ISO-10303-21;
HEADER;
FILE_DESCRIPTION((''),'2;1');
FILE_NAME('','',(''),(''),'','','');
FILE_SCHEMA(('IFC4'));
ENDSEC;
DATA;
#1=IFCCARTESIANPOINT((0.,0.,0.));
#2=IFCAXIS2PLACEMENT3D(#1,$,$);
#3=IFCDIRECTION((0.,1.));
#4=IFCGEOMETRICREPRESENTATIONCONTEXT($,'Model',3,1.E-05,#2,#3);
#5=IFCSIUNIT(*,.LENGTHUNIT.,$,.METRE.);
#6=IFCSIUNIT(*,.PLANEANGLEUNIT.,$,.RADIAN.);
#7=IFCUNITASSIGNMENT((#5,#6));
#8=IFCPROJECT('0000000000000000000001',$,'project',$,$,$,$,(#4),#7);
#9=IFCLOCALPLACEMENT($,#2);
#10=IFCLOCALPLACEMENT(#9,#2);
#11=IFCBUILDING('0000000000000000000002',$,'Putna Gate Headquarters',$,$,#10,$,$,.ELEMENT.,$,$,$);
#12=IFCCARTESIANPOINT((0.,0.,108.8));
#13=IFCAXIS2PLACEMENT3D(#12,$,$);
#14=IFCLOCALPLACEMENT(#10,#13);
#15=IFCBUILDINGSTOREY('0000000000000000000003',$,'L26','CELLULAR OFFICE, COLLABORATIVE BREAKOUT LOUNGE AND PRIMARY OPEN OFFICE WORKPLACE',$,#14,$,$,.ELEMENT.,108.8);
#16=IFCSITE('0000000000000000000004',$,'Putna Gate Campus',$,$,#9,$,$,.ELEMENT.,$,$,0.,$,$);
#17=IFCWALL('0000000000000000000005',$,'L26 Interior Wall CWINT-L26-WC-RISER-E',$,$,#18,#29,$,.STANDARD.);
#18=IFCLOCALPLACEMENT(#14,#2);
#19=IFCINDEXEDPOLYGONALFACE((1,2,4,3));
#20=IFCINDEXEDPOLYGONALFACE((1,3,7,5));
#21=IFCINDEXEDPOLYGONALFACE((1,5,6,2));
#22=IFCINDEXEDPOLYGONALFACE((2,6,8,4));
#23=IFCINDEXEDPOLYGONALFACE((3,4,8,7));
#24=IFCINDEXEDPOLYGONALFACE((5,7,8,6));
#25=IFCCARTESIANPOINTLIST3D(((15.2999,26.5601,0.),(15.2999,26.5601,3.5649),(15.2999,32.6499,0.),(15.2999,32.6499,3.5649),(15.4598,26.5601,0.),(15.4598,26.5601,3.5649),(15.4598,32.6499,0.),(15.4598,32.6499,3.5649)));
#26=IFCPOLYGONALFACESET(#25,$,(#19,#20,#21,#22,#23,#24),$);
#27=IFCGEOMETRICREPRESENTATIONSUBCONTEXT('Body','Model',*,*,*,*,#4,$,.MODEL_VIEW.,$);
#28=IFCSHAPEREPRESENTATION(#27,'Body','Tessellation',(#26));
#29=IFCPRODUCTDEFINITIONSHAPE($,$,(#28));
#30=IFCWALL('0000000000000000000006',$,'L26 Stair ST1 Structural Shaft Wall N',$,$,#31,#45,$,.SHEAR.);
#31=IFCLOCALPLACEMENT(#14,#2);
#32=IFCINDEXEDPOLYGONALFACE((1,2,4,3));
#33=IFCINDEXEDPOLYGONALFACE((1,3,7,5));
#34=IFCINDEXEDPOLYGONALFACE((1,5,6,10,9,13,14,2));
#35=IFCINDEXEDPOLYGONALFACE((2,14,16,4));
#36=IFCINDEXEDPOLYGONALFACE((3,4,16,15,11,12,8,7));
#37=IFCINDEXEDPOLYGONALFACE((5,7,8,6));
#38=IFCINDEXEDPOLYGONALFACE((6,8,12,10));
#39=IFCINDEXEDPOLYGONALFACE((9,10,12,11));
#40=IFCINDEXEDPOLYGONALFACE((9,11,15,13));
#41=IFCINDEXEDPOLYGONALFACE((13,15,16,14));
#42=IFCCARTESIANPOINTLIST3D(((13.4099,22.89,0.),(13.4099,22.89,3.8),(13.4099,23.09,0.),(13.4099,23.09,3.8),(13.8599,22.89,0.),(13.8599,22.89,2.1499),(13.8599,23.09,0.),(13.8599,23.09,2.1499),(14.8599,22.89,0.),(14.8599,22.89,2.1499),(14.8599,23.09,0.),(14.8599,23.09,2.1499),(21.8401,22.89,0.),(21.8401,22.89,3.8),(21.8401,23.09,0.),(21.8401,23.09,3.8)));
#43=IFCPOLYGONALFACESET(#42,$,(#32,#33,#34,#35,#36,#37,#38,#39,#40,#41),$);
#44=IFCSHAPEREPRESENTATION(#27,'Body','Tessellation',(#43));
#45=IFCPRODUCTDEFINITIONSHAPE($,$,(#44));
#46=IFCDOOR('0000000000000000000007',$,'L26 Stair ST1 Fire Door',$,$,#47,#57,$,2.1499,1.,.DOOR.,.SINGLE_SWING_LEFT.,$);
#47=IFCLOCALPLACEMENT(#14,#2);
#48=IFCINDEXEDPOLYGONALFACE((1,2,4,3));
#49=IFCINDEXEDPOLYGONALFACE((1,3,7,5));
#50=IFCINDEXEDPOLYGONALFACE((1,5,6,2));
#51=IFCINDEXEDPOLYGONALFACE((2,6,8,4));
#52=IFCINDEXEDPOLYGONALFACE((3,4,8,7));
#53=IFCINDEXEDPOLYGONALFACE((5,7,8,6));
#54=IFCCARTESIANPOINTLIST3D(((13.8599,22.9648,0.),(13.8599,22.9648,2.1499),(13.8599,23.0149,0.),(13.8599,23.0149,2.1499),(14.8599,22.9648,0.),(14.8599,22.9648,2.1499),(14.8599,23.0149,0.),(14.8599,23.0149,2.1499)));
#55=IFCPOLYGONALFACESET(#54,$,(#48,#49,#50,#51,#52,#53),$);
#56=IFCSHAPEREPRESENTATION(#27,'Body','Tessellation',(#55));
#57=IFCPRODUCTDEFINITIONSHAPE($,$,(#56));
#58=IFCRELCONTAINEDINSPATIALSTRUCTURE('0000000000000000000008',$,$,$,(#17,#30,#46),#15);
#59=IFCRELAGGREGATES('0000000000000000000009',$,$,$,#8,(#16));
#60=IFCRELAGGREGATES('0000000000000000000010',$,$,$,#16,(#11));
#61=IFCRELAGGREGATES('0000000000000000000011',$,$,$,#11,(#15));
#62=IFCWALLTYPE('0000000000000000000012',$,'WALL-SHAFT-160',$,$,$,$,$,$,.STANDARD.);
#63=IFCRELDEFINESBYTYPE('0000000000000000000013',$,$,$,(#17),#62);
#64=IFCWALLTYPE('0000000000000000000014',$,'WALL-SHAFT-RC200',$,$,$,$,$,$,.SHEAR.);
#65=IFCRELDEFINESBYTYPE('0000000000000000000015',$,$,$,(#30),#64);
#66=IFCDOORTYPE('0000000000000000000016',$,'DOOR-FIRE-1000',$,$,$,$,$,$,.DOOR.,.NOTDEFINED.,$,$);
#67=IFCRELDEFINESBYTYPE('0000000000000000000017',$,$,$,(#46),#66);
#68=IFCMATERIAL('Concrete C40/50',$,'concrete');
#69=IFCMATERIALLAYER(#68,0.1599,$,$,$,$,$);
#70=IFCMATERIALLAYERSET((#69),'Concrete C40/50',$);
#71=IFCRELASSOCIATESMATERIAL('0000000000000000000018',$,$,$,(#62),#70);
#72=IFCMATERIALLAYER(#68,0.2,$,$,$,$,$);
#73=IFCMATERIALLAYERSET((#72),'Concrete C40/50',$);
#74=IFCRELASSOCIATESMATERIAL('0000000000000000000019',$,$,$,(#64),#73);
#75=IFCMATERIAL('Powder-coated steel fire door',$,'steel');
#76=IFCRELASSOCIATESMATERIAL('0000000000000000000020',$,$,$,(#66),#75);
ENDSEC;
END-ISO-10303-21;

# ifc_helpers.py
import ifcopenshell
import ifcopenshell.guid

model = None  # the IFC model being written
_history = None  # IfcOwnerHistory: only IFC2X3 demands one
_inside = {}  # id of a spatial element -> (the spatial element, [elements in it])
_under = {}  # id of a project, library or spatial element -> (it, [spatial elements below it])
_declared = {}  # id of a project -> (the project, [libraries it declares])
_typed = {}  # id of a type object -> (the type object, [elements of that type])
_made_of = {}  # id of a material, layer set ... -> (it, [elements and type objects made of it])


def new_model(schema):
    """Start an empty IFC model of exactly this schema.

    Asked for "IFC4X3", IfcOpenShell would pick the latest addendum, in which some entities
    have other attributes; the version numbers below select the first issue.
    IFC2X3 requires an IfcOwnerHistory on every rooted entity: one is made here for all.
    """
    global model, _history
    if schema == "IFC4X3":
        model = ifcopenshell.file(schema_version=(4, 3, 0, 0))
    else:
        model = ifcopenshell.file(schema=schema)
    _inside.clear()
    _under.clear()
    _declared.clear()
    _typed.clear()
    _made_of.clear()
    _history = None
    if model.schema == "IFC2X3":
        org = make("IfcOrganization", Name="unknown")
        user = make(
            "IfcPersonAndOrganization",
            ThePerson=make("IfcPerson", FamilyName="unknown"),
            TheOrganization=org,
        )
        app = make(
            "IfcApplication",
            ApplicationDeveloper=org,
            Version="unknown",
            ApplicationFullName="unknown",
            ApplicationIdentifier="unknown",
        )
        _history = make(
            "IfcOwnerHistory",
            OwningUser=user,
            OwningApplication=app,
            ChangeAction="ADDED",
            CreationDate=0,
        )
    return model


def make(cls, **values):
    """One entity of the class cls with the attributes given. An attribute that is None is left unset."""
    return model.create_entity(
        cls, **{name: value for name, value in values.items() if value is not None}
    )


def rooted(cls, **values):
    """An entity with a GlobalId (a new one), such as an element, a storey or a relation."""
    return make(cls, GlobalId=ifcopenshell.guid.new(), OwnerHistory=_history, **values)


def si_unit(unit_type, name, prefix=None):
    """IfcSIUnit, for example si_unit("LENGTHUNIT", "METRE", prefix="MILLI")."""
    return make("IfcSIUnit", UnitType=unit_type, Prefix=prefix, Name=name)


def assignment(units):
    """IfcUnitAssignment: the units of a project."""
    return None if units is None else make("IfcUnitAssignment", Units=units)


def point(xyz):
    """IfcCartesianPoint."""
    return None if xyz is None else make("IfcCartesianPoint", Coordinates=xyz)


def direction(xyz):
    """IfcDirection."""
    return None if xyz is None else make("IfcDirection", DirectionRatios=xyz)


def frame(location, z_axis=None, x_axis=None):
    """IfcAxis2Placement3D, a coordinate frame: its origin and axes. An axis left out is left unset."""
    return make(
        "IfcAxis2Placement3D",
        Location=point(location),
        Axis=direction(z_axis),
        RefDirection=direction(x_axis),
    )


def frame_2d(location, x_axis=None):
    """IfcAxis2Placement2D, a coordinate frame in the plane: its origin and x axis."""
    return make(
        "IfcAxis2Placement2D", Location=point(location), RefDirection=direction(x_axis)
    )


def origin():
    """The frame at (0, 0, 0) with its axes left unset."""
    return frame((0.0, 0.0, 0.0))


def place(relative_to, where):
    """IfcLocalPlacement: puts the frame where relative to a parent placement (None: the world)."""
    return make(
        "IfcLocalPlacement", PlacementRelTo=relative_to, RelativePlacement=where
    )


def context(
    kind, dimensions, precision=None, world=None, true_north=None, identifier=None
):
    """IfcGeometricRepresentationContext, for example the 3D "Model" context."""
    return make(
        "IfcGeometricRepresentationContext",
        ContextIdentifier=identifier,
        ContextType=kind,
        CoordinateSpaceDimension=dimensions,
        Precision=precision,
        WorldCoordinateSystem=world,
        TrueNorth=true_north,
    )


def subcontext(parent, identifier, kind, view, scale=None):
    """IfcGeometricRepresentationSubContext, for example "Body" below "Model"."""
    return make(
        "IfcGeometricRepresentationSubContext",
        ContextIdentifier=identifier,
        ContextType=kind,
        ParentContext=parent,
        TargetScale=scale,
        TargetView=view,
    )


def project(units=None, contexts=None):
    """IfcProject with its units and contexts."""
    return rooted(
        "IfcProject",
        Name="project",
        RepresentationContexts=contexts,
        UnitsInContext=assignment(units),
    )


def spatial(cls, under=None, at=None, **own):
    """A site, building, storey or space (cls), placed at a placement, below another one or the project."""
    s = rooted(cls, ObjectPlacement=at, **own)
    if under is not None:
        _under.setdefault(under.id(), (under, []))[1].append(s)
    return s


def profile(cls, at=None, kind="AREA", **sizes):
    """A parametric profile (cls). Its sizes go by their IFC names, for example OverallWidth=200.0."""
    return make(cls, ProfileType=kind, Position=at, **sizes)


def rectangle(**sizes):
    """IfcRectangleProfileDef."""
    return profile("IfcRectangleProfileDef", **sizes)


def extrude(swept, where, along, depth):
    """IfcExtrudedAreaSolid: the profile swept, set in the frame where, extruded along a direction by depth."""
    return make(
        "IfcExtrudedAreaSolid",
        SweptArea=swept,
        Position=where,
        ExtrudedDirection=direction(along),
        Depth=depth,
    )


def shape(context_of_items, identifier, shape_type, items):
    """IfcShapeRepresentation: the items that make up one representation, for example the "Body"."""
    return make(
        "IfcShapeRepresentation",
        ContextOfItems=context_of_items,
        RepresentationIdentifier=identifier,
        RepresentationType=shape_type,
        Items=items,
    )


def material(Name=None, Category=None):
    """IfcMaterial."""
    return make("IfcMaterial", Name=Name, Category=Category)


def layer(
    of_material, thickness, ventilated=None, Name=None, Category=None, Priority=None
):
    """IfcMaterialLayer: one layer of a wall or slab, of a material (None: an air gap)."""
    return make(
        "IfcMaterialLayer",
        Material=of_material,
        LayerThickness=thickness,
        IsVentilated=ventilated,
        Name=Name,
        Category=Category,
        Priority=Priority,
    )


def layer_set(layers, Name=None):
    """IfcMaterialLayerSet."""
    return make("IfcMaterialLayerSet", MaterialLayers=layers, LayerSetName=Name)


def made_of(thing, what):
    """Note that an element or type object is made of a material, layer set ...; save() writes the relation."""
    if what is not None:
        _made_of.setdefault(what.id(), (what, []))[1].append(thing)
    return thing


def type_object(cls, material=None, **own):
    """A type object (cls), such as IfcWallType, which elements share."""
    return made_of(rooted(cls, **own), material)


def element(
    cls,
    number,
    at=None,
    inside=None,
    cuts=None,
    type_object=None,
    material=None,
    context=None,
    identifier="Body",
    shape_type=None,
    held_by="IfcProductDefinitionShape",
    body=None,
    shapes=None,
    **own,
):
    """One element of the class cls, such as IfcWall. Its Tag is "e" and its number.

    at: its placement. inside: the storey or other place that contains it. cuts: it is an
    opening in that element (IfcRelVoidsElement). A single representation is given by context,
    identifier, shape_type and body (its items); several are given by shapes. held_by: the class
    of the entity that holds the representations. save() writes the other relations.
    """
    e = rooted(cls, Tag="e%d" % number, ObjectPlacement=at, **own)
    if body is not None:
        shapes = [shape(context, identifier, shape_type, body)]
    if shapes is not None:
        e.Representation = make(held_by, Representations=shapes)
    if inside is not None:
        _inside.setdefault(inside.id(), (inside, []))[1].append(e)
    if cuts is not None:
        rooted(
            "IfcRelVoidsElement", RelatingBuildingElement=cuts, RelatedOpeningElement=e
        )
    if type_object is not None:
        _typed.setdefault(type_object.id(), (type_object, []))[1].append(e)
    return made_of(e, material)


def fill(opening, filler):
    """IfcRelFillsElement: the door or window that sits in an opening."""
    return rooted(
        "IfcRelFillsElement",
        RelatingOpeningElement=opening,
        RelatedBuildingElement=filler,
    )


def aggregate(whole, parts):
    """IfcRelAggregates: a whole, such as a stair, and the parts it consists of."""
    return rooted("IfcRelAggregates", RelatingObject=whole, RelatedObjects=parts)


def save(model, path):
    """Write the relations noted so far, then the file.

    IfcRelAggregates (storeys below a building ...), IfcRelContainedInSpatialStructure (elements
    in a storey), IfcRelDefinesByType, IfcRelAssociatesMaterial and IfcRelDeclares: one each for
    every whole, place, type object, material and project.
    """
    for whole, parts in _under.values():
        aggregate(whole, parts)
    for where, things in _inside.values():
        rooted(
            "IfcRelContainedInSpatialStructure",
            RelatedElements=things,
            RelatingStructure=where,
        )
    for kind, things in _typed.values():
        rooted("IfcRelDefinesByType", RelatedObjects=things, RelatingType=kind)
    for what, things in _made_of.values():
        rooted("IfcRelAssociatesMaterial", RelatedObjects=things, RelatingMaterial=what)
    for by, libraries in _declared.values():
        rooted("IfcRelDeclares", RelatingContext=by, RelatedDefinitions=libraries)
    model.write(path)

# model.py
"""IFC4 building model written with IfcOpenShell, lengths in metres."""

from ifc_helpers import new_model, si_unit, direction, frame, frame_2d, origin, place, context, subcontext, project, spatial, rectangle, extrude, material, layer, layer_set, type_object, element, fill, save


model = new_model("IFC4")

# Units and contexts
model_context = context("Model", 3, precision=1e-05, world=origin(), true_north=direction((0.0, 1.0)))
body_context = subcontext(model_context, "Body", "Model", "MODEL_VIEW")
ifc_project = project(units=[si_unit("LENGTHUNIT", "METRE"), si_unit("PLANEANGLEUNIT", "RADIAN")], contexts=[model_context])

# Site, building, storey
site_placement = place(None, origin())
site = spatial("IfcSite", under=ifc_project, at=site_placement, Name="Putna Gate Campus", CompositionType="ELEMENT", RefElevation=0.0)
building_placement = place(site_placement, origin())
building = spatial("IfcBuilding", under=site, at=building_placement, Name="Putna Gate Headquarters", CompositionType="ELEMENT")
storey_placement = place(building_placement, frame((0.0, 0.0, 108.8)))
storey = spatial("IfcBuildingStorey", under=building, at=storey_placement, Name="L26", Description="CELLULAR OFFICE, COLLABORATIVE BREAKOUT LOUNGE AND PRIMARY OPEN OFFICE WORKPLACE", CompositionType="ELEMENT", Elevation=108.8)

# Wall
ifc_material_1 = material(Name="Concrete C40/50", Category="concrete")
ifc_layer_1 = layer(ifc_material_1, 0.1599)
ifc_layer_set_1 = layer_set([ifc_layer_1], Name="Concrete C40/50")
wall_type_1 = type_object("IfcWallType", Name="WALL-SHAFT-160", PredefinedType="STANDARD", material=ifc_layer_set_1)
wall_1_placement = place(storey_placement, frame((15.3799, 26.5601, 0.0), z_axis=(0.0, 0.0, 1.0), x_axis=(0.0, 1.0, 0.0)))
element("IfcWall", 1, at=wall_1_placement, inside=storey, type_object=wall_type_1, Name="L26 Interior Wall CWINT-L26-WC-RISER-E", PredefinedType="STANDARD", context=body_context, shape_type="SweptSolid", body=[
    extrude(rectangle(XDim=6.0898, YDim=0.1599, at=frame_2d((3.0449, 0.0))), origin(), (0.0, 0.0, 1.0), 3.5649),
])

# Wall, opening, door
ifc_layer_2 = layer(ifc_material_1, 0.2)
ifc_layer_set_2 = layer_set([ifc_layer_2], Name="Concrete C40/50")
wall_type_2 = type_object("IfcWallType", Name="WALL-SHAFT-RC200", PredefinedType="SHEAR", material=ifc_layer_set_2)
wall_2_placement = place(storey_placement, frame((13.4099, 22.99, 0.0), z_axis=(0.0, 0.0, 1.0), x_axis=(1.0, 0.0, 0.0)))
wall_2 = element("IfcWall", 2, at=wall_2_placement, inside=storey, type_object=wall_type_2, Name="L26 Stair ST1 Structural Shaft Wall N", PredefinedType="SHEAR", context=body_context, shape_type="SweptSolid", body=[
    extrude(rectangle(XDim=8.4302, YDim=0.2, at=frame_2d((4.2151, 0.0))), origin(), (0.0, 0.0, 1.0), 3.8),
])
opening_1_placement = place(wall_2_placement, frame((0.45, 0.0, 0.0)))
opening_1 = element("IfcOpeningElement", 3, at=opening_1_placement, cuts=wall_2, PredefinedType="OPENING", context=body_context, shape_type="SweptSolid", body=[
    extrude(rectangle(XDim=1.0, YDim=2.1499, at=frame_2d((0.5, 1.075))), frame((0.0, 0.1099, 0.0), z_axis=(0.0, -1.0, 0.0), x_axis=(1.0, 0.0, 0.0)), (0.0, 0.0, 1.0), 0.22),
])
ifc_material_2 = material(Name="Powder-coated steel fire door", Category="steel")
door_type_1 = type_object("IfcDoorType", Name="DOOR-FIRE-1000", OperationType="NOTDEFINED", PredefinedType="DOOR", material=ifc_material_2)
door_1_placement = place(opening_1_placement, origin())
door_1 = element("IfcDoor", 4, at=door_1_placement, inside=storey, type_object=door_type_1, Name="L26 Stair ST1 Fire Door", OperationType="SINGLE_SWING_LEFT", OverallHeight=2.1499, OverallWidth=1.0, PredefinedType="DOOR", context=body_context, shape_type="SweptSolid", body=[
    extrude(rectangle(XDim=1.0, YDim=2.1499, at=frame_2d((0.5, 1.075))), frame((0.0, 0.0249, 0.0), z_axis=(0.0, -1.0, 0.0), x_axis=(1.0, 0.0, 0.0)), (0.0, 0.0, 1.0), 0.05),
])
fill(opening_1, door_1)

save(model, "model.ifc")
